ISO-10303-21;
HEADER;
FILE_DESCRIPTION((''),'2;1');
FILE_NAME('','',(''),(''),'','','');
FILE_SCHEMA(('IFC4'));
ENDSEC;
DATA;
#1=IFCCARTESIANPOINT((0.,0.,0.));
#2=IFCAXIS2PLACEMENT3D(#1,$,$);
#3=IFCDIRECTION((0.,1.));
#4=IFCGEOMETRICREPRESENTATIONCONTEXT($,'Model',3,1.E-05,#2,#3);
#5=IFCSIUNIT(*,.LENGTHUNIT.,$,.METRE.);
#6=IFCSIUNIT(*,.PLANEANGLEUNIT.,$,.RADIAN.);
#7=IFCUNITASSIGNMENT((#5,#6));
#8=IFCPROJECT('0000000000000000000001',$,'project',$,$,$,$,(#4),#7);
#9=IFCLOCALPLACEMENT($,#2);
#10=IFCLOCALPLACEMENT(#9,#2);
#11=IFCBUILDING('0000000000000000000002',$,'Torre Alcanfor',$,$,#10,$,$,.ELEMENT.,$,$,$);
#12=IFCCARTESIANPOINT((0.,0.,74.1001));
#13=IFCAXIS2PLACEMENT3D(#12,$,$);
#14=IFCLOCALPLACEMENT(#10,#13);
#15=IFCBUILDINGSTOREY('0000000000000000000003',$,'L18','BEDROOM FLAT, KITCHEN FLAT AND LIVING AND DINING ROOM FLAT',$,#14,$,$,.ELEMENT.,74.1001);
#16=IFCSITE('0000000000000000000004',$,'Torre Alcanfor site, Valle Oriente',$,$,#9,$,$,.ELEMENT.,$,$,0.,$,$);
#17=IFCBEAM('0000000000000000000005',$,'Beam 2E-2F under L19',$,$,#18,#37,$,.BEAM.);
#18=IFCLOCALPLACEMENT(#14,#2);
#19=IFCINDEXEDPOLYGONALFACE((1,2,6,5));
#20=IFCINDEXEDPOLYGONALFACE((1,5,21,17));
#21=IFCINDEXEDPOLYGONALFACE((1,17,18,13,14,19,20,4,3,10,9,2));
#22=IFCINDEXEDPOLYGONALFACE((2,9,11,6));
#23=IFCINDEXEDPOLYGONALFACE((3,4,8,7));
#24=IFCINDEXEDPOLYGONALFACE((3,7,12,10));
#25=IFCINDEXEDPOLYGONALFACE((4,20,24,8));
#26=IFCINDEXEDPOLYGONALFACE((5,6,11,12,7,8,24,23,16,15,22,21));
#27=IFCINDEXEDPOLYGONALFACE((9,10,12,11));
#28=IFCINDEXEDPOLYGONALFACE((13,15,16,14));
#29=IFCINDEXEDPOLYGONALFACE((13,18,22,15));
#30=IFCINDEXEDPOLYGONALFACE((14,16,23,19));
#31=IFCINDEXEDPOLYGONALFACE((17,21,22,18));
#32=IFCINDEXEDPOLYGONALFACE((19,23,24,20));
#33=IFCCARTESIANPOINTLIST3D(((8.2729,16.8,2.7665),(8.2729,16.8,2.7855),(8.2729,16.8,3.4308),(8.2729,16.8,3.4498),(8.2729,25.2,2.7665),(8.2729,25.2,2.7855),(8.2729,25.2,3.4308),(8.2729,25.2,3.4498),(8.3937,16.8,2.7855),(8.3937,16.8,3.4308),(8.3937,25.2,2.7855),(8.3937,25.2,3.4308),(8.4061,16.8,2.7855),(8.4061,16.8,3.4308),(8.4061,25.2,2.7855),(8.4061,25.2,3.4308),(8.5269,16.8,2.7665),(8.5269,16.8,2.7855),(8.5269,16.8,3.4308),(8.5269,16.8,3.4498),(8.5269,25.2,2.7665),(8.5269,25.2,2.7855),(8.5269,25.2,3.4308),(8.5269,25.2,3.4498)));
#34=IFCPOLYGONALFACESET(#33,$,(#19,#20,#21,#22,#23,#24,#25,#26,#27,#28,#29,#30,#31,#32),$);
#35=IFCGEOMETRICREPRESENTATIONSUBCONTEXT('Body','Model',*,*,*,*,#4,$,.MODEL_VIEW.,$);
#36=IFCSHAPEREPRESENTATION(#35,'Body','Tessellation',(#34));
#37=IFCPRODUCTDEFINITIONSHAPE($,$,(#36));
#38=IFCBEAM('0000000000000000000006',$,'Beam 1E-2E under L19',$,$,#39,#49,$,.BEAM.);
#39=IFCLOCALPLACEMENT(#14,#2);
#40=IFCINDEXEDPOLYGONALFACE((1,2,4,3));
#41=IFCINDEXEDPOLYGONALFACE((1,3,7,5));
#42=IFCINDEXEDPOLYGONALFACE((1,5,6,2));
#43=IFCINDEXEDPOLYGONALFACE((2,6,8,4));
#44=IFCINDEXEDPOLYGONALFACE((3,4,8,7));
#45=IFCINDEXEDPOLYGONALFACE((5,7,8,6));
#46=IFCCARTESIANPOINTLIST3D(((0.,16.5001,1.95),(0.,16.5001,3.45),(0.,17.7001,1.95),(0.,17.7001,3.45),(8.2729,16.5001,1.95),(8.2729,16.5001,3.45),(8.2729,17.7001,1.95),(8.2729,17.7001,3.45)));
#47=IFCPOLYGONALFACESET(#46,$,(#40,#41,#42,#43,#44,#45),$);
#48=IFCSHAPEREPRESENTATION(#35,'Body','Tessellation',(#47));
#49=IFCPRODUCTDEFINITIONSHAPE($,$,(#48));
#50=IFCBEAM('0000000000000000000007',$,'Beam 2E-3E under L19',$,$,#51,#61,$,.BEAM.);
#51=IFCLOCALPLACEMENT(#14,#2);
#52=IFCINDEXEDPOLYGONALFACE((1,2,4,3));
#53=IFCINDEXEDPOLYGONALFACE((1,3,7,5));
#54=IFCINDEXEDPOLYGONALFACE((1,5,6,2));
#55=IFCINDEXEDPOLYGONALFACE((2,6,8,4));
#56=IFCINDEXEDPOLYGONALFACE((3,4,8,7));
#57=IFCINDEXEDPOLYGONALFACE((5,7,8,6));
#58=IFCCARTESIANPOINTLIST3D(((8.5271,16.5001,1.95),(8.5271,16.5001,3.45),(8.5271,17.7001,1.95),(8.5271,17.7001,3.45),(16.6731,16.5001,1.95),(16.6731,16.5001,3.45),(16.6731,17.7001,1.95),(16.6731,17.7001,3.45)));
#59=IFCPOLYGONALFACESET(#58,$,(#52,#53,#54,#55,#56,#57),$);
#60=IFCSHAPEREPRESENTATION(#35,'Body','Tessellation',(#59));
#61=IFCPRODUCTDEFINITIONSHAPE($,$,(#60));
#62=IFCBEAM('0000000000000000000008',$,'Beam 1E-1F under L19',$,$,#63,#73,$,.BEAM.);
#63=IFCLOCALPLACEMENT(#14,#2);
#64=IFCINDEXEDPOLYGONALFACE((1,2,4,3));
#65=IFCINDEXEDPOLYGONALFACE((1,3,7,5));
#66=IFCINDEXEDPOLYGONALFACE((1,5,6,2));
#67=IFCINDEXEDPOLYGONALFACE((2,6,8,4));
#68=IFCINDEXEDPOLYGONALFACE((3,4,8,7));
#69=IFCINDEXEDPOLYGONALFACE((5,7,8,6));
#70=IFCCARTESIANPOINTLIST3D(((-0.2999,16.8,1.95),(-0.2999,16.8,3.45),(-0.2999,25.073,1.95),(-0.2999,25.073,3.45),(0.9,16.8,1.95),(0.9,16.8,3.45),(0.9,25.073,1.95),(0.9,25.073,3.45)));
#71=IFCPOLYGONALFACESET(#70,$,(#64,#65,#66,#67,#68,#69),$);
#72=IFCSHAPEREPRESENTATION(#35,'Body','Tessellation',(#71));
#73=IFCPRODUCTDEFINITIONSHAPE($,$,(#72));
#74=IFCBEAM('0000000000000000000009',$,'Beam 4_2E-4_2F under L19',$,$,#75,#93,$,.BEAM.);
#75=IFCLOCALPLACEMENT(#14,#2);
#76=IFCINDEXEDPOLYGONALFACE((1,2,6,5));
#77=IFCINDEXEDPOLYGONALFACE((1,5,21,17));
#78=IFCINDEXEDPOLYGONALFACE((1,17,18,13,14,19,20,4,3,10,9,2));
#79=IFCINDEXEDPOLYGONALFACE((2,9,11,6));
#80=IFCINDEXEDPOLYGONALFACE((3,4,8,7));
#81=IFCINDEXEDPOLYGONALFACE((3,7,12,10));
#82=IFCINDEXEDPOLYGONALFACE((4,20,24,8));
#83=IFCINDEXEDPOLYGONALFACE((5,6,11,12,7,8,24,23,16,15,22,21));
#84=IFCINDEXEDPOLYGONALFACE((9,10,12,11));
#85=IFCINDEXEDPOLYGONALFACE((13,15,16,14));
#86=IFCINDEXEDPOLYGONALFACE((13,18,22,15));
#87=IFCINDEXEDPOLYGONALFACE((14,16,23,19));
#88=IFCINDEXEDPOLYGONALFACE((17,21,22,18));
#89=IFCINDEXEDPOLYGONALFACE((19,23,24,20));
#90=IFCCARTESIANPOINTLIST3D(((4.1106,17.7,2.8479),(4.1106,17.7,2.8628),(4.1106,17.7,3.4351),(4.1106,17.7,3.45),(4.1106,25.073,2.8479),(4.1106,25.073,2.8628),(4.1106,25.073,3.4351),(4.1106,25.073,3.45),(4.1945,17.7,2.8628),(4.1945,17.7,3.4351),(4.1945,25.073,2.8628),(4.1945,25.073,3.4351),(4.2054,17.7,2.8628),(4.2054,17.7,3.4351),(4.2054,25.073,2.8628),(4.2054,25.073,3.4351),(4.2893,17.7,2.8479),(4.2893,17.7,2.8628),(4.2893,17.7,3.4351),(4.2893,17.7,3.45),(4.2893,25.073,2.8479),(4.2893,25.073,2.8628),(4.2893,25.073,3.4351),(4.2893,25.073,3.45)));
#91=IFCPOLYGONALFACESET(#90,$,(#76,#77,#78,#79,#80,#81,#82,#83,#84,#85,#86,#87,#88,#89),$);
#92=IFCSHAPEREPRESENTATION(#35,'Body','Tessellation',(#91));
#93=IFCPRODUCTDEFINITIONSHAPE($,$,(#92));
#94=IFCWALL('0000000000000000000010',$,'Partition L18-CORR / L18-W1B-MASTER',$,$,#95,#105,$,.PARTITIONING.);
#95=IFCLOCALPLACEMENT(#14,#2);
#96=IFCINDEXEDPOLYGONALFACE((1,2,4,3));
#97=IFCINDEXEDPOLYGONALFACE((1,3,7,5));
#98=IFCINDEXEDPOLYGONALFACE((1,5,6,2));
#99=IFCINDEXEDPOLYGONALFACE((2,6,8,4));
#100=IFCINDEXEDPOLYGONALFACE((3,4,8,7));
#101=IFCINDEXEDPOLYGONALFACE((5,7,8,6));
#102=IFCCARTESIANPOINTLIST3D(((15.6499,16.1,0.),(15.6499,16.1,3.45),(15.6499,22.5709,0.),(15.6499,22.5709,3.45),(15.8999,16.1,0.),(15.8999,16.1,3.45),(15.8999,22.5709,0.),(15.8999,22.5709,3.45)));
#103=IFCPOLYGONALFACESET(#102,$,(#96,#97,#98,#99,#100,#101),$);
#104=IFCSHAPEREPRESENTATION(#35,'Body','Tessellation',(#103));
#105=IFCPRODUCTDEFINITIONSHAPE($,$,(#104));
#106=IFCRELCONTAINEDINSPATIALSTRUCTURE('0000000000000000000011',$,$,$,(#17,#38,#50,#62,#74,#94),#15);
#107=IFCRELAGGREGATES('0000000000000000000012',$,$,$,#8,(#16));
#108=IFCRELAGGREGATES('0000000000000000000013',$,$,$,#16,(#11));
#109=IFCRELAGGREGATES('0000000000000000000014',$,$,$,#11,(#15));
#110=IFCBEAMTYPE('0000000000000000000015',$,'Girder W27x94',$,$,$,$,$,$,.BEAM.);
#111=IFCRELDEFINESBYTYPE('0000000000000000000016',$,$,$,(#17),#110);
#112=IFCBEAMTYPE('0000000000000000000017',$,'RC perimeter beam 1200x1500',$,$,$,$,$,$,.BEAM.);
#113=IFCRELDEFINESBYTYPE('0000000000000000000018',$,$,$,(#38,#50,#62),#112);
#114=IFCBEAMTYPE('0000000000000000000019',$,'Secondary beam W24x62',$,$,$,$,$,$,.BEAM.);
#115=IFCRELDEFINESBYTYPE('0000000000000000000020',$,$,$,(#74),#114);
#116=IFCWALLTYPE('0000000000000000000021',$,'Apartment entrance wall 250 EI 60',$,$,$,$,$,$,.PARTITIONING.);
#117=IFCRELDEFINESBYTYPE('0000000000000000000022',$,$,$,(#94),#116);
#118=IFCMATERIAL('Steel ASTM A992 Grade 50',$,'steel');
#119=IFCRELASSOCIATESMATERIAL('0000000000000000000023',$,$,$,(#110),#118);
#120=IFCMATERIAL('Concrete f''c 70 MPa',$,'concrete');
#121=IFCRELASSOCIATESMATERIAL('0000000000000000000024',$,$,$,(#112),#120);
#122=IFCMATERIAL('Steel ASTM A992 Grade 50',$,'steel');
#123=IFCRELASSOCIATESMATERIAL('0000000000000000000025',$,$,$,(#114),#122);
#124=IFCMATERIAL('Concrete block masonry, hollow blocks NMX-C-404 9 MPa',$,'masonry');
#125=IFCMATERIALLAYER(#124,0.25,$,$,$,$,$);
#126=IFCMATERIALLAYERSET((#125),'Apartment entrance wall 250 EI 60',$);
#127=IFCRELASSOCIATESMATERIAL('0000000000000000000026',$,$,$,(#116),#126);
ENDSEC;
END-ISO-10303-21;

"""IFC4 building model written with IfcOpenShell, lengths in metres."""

from ifc_helpers import new_model, si_unit, direction, frame, frame_2d, origin, origin_2d, place, context, subcontext, project, spatial, rectangle, i_section, extrude, material, layer, layer_set, material_profile, profile_set, type_object, element, save


model = new_model("IFC4")

# Units and contexts
model_context = context("Model", 3, precision=1e-05, world=origin(), true_north=direction((0.0, 1.0)))
body_context = subcontext(model_context, "Body", "Model", "MODEL_VIEW")
ifc_project = project(units=[si_unit("LENGTHUNIT", "METRE"), si_unit("PLANEANGLEUNIT", "RADIAN")], contexts=[model_context])

# Site, building, storey
site_placement = place(None, origin())
site = spatial("IfcSite", under=ifc_project, at=site_placement, Name="Torre Alcanfor site, Valle Oriente", CompositionType="ELEMENT", RefElevation=0.0)
building_placement = place(site_placement, origin())
building = spatial("IfcBuilding", under=site, at=building_placement, Name="Torre Alcanfor", CompositionType="ELEMENT")
storey_placement = place(building_placement, frame((0.0, 0.0, 74.1001)))
storey = spatial("IfcBuildingStorey", under=building, at=storey_placement, Name="L18", Description="BEDROOM FLAT, KITCHEN FLAT AND LIVING AND DINING ROOM FLAT", CompositionType="ELEMENT", Elevation=74.1001)

# Beams
ifc_material_1 = material(Name="Steel ASTM A992 Grade 50", Category="steel")
ifc_material_profile_1 = material_profile(ifc_material_1, i_section(OverallWidth=0.2539, OverallDepth=0.6833, WebThickness=0.0125, FlangeThickness=0.019, at=origin_2d()), Name="W27x94")
ifc_profile_set_1 = profile_set([ifc_material_profile_1], Name="Steel ASTM A992 Grade 50")
beam_type_1 = type_object("IfcBeamType", Name="Girder W27x94", PredefinedType="BEAM", material=ifc_profile_set_1)
beam_1_placement = place(storey_placement, frame((8.3999, 16.8, 3.1082), z_axis=(0.0, 1.0, 0.0), x_axis=(-1.0, 0.0, 0.0)))
element("IfcBeam", 1, at=beam_1_placement, inside=storey, type_object=beam_type_1, Name="Beam 2E-2F under L19", PredefinedType="BEAM", context=body_context, shape_type="SweptSolid", body=[
    extrude(i_section(OverallWidth=0.2539, OverallDepth=0.6833, WebThickness=0.0125, FlangeThickness=0.019, at=origin_2d()), origin(), (0.0, 0.0, 1.0), 8.3999),
])
ifc_material_2 = material(Name="Concrete f'c 70 MPa", Category="concrete")
ifc_material_profile_2 = material_profile(ifc_material_2, rectangle(XDim=1.2, YDim=1.5, at=origin_2d()), Name="1200x1500")
ifc_profile_set_2 = profile_set([ifc_material_profile_2], Name="Concrete f'c 70 MPa")
beam_type_2 = type_object("IfcBeamType", Name="RC perimeter beam 1200x1500", PredefinedType="BEAM", material=ifc_profile_set_2)
beam_2_placement = place(storey_placement, frame((0.0, 17.1001, 2.7), z_axis=(1.0, 0.0, 0.0), x_axis=(0.0, 1.0, 0.0)))
element("IfcBeam", 2, at=beam_2_placement, inside=storey, type_object=beam_type_2, Name="Beam 1E-2E under L19", PredefinedType="BEAM", context=body_context, shape_type="SweptSolid", body=[
    extrude(rectangle(XDim=1.2, YDim=1.5, at=origin_2d()), origin(), (0.0, 0.0, 1.0), 8.2729),
])
beam_3_placement = place(storey_placement, frame((8.5271, 17.1001, 2.7), z_axis=(1.0, 0.0, 0.0), x_axis=(0.0, 1.0, 0.0)))
element("IfcBeam", 3, at=beam_3_placement, inside=storey, type_object=beam_type_2, Name="Beam 2E-3E under L19", PredefinedType="BEAM", context=body_context, shape_type="SweptSolid", body=[
    extrude(rectangle(XDim=1.2, YDim=1.5, at=origin_2d()), origin(), (0.0, 0.0, 1.0), 8.146),
])
beam_4_placement = place(storey_placement, frame((0.3, 16.8, 2.7), z_axis=(0.0, 1.0, 0.0), x_axis=(-1.0, 0.0, 0.0)))
element("IfcBeam", 4, at=beam_4_placement, inside=storey, type_object=beam_type_2, Name="Beam 1E-1F under L19", PredefinedType="BEAM", context=body_context, shape_type="SweptSolid", body=[
    extrude(rectangle(XDim=1.2, YDim=1.5, at=origin_2d()), origin(), (0.0, 0.0, 1.0), 8.2729),
])
ifc_material_3 = material(Name="Steel ASTM A992 Grade 50", Category="steel")
ifc_material_profile_3 = material_profile(ifc_material_3, i_section(OverallWidth=0.1787, OverallDepth=0.6021, WebThickness=0.011, FlangeThickness=0.0149, at=origin_2d()), Name="W24x62")
ifc_profile_set_3 = profile_set([ifc_material_profile_3], Name="Steel ASTM A992 Grade 50")
beam_type_3 = type_object("IfcBeamType", Name="Secondary beam W24x62", PredefinedType="BEAM", material=ifc_profile_set_3)
beam_5_placement = place(storey_placement, frame((4.2, 17.7, 3.1489), z_axis=(0.0, 1.0, 0.0), x_axis=(-1.0, 0.0, 0.0)))
element("IfcBeam", 5, at=beam_5_placement, inside=storey, type_object=beam_type_3, Name="Beam 4_2E-4_2F under L19", PredefinedType="BEAM", context=body_context, shape_type="SweptSolid", body=[
    extrude(i_section(OverallWidth=0.1787, OverallDepth=0.6021, WebThickness=0.011, FlangeThickness=0.0149, at=origin_2d()), origin(), (0.0, 0.0, 1.0), 7.373),
])

# Wall
ifc_material_4 = material(Name="Concrete block masonry, hollow blocks NMX-C-404 9 MPa", Category="masonry")
ifc_layer_1 = layer(ifc_material_4, 0.25)
ifc_layer_set_1 = layer_set([ifc_layer_1], Name="Apartment entrance wall 250 EI 60")
wall_type_1 = type_object("IfcWallType", Name="Apartment entrance wall 250 EI 60", PredefinedType="PARTITIONING", material=ifc_layer_set_1)
wall_1_placement = place(storey_placement, frame((15.7749, 16.1001, 0.0), z_axis=(0.0, 0.0, 1.0), x_axis=(0.0, 1.0, 0.0)))
element("IfcWall", 6, at=wall_1_placement, inside=storey, type_object=wall_type_1, Name="Partition L18-CORR / L18-W1B-MASTER", PredefinedType="PARTITIONING", context=body_context, shape_type="SweptSolid", body=[
    extrude(rectangle(XDim=6.4709, YDim=0.25, at=frame_2d((3.2354, 0.0))), origin(), (0.0, 0.0, 1.0), 3.45),
])

save(model, "model.ifc")
